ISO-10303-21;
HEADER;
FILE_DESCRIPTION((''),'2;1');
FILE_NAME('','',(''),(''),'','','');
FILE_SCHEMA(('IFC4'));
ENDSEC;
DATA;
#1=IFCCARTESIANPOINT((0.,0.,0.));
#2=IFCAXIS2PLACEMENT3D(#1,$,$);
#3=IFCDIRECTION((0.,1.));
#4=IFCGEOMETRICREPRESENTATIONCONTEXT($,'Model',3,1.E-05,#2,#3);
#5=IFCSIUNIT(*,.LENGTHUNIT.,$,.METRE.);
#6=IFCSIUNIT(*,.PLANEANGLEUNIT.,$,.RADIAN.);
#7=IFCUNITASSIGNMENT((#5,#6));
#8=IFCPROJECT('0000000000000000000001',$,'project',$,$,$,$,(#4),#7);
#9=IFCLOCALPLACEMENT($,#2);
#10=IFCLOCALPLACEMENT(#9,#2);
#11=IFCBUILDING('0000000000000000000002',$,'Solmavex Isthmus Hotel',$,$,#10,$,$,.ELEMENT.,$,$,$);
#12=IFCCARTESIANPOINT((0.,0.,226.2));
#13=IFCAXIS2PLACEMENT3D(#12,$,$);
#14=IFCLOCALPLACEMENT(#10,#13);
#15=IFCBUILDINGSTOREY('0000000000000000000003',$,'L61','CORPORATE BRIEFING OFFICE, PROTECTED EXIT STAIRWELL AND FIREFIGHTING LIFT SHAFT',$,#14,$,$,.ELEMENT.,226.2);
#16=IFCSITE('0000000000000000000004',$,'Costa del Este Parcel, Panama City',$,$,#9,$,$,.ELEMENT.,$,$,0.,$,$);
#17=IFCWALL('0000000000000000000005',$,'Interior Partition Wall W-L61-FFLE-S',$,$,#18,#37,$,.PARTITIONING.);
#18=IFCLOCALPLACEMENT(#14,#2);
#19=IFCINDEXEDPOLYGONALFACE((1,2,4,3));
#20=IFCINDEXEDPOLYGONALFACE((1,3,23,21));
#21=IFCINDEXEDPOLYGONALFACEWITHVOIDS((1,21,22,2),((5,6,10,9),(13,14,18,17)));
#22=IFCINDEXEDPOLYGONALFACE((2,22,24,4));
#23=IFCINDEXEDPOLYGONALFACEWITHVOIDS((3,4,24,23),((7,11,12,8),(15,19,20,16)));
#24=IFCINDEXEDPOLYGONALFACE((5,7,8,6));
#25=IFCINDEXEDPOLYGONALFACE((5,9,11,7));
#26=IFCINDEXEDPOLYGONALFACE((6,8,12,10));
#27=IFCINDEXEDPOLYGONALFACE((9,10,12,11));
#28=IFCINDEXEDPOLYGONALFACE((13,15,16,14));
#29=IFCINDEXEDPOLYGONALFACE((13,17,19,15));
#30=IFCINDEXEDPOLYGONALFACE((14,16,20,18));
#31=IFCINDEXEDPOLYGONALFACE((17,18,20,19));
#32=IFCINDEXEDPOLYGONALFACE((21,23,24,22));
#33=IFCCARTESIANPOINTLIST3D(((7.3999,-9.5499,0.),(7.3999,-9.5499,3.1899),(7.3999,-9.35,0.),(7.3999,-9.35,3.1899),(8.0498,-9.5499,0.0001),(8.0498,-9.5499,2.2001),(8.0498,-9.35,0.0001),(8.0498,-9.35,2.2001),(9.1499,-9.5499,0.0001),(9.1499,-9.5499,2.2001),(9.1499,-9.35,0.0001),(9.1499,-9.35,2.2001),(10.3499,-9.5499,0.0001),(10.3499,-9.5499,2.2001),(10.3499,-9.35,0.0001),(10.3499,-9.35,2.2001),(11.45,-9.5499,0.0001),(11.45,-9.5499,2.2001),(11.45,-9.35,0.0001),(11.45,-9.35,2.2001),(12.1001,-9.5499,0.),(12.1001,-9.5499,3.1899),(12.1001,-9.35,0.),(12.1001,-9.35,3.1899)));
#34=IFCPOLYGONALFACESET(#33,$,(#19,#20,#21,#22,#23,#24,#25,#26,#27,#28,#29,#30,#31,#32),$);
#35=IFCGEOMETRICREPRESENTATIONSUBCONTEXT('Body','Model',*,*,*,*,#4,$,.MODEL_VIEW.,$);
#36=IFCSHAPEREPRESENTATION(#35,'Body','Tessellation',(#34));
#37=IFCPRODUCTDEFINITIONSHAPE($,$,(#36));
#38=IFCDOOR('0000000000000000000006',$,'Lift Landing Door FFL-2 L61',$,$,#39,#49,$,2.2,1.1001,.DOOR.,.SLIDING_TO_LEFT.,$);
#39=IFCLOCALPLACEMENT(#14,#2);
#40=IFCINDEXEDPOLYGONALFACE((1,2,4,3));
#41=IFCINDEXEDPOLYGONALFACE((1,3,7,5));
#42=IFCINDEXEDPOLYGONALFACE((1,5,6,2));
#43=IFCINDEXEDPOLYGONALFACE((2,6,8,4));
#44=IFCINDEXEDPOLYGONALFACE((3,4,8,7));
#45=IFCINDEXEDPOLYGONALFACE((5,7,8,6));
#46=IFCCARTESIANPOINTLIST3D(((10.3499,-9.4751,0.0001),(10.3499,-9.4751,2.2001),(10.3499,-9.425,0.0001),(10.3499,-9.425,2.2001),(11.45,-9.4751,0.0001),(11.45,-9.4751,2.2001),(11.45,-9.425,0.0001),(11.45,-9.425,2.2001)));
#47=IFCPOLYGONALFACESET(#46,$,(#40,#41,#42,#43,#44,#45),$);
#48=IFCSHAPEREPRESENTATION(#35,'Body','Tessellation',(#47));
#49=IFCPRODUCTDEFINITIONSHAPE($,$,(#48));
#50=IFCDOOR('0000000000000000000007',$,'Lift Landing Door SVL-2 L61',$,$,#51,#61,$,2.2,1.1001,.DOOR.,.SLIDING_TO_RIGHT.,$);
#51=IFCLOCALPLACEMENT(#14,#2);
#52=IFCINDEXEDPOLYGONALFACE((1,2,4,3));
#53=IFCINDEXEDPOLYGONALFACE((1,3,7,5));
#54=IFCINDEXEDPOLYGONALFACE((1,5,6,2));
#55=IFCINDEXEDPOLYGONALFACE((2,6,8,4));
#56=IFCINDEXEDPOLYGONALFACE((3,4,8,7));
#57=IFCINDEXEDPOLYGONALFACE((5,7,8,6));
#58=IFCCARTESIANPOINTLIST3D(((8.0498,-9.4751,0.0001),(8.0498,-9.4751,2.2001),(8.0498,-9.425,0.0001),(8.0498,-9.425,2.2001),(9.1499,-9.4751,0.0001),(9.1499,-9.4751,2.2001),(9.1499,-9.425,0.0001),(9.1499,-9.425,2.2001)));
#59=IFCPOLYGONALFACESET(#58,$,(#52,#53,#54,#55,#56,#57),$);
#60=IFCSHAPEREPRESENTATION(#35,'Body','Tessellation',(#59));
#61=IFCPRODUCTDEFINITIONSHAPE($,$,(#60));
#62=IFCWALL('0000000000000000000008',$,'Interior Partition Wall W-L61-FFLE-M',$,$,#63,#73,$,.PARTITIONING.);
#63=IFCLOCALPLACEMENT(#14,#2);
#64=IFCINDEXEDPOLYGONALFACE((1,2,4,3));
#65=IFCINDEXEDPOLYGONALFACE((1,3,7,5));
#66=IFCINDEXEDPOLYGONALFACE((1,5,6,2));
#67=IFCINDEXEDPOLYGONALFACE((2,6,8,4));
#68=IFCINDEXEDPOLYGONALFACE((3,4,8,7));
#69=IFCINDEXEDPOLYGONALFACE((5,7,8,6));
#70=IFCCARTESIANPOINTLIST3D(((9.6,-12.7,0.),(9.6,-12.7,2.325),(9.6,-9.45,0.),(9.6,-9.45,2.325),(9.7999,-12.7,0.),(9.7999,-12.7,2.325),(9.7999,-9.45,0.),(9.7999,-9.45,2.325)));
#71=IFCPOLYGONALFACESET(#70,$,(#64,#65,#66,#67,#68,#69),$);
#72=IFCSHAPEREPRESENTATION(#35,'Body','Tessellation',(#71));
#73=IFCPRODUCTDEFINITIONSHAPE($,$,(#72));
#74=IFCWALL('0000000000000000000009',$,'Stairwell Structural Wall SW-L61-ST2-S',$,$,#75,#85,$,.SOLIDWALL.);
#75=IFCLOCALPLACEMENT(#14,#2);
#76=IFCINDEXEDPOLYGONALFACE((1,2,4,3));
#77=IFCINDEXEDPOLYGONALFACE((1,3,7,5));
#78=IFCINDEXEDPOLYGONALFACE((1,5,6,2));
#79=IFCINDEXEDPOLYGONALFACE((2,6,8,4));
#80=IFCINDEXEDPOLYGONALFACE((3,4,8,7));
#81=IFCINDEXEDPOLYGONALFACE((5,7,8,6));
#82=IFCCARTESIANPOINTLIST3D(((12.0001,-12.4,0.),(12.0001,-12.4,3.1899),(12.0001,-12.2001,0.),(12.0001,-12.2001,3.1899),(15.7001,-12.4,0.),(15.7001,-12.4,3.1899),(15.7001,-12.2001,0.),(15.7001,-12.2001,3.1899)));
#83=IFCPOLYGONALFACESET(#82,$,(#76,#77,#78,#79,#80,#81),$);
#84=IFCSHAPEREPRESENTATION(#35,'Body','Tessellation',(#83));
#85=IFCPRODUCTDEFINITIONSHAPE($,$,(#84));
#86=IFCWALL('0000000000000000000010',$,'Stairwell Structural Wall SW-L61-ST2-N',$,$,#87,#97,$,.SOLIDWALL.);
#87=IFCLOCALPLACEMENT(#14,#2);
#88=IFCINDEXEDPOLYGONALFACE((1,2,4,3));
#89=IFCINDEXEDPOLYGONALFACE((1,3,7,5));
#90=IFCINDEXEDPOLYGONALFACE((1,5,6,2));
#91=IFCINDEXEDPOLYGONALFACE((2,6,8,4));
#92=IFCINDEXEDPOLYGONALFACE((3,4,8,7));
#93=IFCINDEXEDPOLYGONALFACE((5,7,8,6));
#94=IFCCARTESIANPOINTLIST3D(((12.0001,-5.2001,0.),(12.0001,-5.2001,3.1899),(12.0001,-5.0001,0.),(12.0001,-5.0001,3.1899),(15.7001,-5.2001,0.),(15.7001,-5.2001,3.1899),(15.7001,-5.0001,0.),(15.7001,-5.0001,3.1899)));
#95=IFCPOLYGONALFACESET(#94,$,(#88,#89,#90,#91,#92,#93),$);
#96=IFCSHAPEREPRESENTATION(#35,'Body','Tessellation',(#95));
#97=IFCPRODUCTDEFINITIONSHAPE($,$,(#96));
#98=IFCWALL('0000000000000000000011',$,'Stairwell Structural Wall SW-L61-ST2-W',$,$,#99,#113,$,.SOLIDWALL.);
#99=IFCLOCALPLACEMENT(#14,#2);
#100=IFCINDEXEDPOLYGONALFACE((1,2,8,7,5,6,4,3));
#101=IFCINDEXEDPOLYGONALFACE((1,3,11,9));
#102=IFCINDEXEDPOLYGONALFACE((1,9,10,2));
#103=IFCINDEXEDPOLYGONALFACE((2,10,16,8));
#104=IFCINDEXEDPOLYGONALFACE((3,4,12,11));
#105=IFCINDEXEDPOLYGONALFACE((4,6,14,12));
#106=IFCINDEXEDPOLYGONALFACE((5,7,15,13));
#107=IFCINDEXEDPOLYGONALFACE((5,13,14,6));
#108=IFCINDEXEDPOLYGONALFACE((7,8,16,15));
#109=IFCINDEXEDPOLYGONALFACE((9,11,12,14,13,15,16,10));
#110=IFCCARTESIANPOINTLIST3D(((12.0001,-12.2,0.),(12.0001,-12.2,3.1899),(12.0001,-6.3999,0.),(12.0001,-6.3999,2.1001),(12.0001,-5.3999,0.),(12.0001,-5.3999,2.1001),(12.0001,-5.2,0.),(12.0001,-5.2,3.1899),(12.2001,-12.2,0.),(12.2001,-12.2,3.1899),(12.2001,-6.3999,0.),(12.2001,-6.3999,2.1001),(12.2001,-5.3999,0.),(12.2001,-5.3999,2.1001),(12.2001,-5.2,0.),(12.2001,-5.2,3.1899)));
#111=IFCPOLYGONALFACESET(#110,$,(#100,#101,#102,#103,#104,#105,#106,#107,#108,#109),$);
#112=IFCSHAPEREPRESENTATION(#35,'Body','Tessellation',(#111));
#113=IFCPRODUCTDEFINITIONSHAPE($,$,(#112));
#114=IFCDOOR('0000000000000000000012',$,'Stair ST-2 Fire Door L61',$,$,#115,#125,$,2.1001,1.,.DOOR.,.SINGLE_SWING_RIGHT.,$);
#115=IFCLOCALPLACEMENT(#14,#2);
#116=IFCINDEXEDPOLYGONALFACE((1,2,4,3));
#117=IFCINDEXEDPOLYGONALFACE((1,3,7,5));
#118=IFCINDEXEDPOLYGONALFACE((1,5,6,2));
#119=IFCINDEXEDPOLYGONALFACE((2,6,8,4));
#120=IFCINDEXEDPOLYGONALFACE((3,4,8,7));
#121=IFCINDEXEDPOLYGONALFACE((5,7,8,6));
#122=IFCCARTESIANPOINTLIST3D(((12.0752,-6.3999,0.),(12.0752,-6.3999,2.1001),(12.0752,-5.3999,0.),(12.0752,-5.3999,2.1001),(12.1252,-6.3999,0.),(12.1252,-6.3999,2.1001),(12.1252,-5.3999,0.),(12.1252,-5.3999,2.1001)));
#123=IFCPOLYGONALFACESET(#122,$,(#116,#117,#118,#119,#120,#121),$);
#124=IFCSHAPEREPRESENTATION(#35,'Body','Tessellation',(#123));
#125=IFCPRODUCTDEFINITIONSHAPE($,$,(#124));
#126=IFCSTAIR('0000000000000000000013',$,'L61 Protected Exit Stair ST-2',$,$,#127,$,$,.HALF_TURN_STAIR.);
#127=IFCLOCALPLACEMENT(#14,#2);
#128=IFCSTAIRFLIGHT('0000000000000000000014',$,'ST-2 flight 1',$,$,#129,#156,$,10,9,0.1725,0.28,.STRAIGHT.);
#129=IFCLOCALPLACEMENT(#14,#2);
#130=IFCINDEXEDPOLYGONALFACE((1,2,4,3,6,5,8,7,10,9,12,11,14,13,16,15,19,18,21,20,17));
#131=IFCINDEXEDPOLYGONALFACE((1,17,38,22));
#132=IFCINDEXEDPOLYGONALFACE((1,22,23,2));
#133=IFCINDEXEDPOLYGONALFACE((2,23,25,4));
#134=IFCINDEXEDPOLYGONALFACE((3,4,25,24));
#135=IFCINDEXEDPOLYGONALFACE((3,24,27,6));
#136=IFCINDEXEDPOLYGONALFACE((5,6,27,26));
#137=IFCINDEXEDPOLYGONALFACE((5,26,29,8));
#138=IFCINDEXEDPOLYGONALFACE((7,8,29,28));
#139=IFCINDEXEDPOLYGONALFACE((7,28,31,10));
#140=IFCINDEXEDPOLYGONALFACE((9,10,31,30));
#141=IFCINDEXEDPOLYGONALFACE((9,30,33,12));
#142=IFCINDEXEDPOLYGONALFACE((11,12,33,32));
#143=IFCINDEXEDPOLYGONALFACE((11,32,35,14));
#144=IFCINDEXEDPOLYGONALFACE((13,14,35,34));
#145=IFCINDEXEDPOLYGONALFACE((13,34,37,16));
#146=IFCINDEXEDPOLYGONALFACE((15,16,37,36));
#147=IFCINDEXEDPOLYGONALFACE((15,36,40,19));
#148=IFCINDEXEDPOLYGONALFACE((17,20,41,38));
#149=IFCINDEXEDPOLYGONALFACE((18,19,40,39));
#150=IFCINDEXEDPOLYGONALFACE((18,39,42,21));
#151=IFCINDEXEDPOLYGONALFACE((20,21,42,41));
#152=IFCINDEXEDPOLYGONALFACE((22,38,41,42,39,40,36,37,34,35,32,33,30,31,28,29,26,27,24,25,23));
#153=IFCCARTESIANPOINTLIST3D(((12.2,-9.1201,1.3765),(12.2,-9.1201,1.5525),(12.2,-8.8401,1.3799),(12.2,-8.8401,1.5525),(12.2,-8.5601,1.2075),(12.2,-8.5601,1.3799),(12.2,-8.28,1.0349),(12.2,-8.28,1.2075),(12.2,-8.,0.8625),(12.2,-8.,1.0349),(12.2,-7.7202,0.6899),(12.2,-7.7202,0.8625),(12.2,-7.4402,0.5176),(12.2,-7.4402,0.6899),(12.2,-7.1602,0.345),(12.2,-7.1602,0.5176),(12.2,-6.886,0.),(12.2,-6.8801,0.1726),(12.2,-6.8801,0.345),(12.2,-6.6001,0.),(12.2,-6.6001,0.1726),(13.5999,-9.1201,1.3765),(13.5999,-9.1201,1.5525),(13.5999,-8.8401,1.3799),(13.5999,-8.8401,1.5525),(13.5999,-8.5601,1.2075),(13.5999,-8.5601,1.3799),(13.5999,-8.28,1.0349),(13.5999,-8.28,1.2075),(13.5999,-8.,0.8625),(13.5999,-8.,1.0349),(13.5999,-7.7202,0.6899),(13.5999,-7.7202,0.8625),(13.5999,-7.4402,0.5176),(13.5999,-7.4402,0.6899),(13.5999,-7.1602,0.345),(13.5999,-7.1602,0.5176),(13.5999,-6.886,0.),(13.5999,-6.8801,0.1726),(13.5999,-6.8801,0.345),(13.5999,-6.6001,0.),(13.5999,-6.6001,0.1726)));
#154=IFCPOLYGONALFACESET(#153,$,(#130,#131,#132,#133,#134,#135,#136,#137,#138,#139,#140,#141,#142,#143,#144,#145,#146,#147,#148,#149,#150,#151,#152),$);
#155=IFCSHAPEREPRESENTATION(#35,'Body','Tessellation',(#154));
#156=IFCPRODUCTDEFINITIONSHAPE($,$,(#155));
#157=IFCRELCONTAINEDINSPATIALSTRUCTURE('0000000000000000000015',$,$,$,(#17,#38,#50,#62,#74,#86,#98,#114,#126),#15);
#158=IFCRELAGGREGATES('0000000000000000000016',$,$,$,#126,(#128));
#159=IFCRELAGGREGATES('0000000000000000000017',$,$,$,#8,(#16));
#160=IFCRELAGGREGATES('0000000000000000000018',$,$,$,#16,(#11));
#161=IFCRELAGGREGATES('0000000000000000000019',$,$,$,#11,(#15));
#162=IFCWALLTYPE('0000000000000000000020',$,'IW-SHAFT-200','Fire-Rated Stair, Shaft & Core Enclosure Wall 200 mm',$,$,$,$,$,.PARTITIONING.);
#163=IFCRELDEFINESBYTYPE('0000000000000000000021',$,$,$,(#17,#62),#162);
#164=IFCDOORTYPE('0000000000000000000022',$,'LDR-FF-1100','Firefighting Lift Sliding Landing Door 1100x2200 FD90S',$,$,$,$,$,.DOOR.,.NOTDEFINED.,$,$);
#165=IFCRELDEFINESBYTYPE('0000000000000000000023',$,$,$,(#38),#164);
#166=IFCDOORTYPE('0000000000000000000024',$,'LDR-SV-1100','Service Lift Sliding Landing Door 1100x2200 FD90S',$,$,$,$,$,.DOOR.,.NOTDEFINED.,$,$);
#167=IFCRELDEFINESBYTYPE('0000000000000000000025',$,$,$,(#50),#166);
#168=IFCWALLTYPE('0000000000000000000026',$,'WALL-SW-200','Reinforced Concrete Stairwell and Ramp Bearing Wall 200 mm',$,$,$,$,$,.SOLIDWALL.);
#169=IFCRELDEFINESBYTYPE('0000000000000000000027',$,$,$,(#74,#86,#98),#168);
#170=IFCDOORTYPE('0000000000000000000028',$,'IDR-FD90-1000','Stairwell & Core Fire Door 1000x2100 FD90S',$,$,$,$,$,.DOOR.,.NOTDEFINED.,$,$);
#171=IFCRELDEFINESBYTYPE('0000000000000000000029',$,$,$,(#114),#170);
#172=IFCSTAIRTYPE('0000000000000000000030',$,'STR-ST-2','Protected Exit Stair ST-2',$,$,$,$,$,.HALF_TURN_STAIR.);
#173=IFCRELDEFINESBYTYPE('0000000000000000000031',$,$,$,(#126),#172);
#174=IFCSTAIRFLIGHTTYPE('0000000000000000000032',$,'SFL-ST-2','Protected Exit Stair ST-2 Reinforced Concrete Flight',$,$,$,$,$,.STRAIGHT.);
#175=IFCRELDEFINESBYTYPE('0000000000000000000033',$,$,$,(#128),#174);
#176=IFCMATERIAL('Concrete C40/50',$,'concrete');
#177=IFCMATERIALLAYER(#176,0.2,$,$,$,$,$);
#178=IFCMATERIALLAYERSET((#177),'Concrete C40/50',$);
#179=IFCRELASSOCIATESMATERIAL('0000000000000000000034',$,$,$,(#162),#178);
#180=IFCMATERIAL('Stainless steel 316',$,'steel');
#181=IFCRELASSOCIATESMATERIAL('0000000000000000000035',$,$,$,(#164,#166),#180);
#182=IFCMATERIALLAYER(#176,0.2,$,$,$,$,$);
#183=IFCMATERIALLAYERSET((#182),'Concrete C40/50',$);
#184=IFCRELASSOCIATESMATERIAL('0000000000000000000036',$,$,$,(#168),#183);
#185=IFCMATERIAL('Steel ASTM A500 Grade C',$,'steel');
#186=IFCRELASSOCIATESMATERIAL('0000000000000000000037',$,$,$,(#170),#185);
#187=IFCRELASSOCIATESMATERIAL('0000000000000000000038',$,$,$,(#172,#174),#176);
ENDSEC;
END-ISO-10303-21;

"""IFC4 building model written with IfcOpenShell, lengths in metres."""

from ifc_helpers import new_model, si_unit, direction, frame, frame_2d, origin, place, context, subcontext, project, spatial, polyline, rectangle, outline, extrude, material, layer, layer_set, type_object, element, fill, aggregate, save


model = new_model("IFC4")

# Units and contexts
model_context = context("Model", 3, precision=1e-05, world=origin(), true_north=direction((0.0, 1.0)))
body_context = subcontext(model_context, "Body", "Model", "MODEL_VIEW")
ifc_project = project(units=[si_unit("LENGTHUNIT", "METRE"), si_unit("PLANEANGLEUNIT", "RADIAN")], contexts=[model_context])

# Site, building, storey
site_placement = place(None, origin())
site = spatial("IfcSite", under=ifc_project, at=site_placement, Name="Costa del Este Parcel, Panama City", CompositionType="ELEMENT", RefElevation=0.0)
building_placement = place(site_placement, origin())
building = spatial("IfcBuilding", under=site, at=building_placement, Name="Solmavex Isthmus Hotel", CompositionType="ELEMENT")
storey_placement = place(building_placement, frame((0.0, 0.0, 226.2)))
storey = spatial("IfcBuildingStorey", under=building, at=storey_placement, Name="L61", Description="CORPORATE BRIEFING OFFICE, PROTECTED EXIT STAIRWELL AND FIREFIGHTING LIFT SHAFT", CompositionType="ELEMENT", Elevation=226.2)

# Shared definitions
ifc_material_1 = material(Name="Concrete C40/50", Category="concrete")
ifc_layer_1 = layer(ifc_material_1, 0.2)
ifc_layer_set_1 = layer_set([ifc_layer_1], Name="Concrete C40/50")
wall_type_1 = type_object("IfcWallType", Name="IW-SHAFT-200", Description="Fire-Rated Stair, Shaft & Core Enclosure Wall 200 mm", PredefinedType="PARTITIONING", material=ifc_layer_set_1)
ifc_material_2 = material(Name="Steel ASTM A500 Grade C", Category="steel")

# Wall, openings, doors
wall_1_placement = place(storey_placement, frame((7.3999, -9.45, 0.0), z_axis=(0.0, 0.0, 1.0), x_axis=(1.0, 0.0, 0.0)))
wall_1 = element("IfcWall", 1, at=wall_1_placement, inside=storey, type_object=wall_type_1, Name="Interior Partition Wall W-L61-FFLE-S", PredefinedType="PARTITIONING", context=body_context, shape_type="SweptSolid", body=[
    extrude(rectangle(XDim=4.7002, YDim=0.2, at=frame_2d((2.3501, 0.0))), origin(), (0.0, 0.0, 1.0), 3.1899),
])
opening_1_placement = place(wall_1_placement, frame((2.95, 0.0, 0.0)))
opening_1 = element("IfcOpeningElement", 2, at=opening_1_placement, cuts=wall_1, PredefinedType="OPENING", context=body_context, shape_type="SweptSolid", body=[
    extrude(rectangle(XDim=1.1001, YDim=2.2, at=frame_2d((0.55, 1.1001))), frame((0.0, 0.1099, 0.0), z_axis=(0.0, -1.0, 0.0), x_axis=(1.0, 0.0, 0.0)), (0.0, 0.0, 1.0), 0.22),
])
opening_2_placement = place(wall_1_placement, frame((0.6499, 0.0, 0.0)))
opening_2 = element("IfcOpeningElement", 3, at=opening_2_placement, cuts=wall_1, PredefinedType="OPENING", context=body_context, shape_type="SweptSolid", body=[
    extrude(rectangle(XDim=1.1001, YDim=2.2, at=frame_2d((0.55, 1.1001))), frame((0.0, 0.1099, 0.0), z_axis=(0.0, -1.0, 0.0), x_axis=(1.0, 0.0, 0.0)), (0.0, 0.0, 1.0), 0.22),
])
ifc_material_3 = material(Name="Stainless steel 316", Category="steel")
door_type_1 = type_object("IfcDoorType", Name="LDR-FF-1100", Description="Firefighting Lift Sliding Landing Door 1100x2200 FD90S", OperationType="NOTDEFINED", PredefinedType="DOOR", material=ifc_material_3)
door_1_placement = place(opening_1_placement, origin())
door_1 = element("IfcDoor", 4, at=door_1_placement, inside=storey, type_object=door_type_1, Name="Lift Landing Door FFL-2 L61", OperationType="SLIDING_TO_LEFT", OverallHeight=2.2, OverallWidth=1.1001, PredefinedType="DOOR", context=body_context, shape_type="SweptSolid", body=[
    extrude(rectangle(XDim=1.1001, YDim=2.2, at=frame_2d((0.55, 1.1001))), frame((0.0, 0.0249, 0.0), z_axis=(0.0, -1.0, 0.0), x_axis=(1.0, 0.0, 0.0)), (0.0, 0.0, 1.0), 0.05),
])
fill(opening_1, door_1)
door_type_2 = type_object("IfcDoorType", Name="LDR-SV-1100", Description="Service Lift Sliding Landing Door 1100x2200 FD90S", OperationType="NOTDEFINED", PredefinedType="DOOR", material=ifc_material_3)
door_2_placement = place(opening_2_placement, origin())
door_2 = element("IfcDoor", 5, at=door_2_placement, inside=storey, type_object=door_type_2, Name="Lift Landing Door SVL-2 L61", OperationType="SLIDING_TO_RIGHT", OverallHeight=2.2, OverallWidth=1.1001, PredefinedType="DOOR", context=body_context, shape_type="SweptSolid", body=[
    extrude(rectangle(XDim=1.1001, YDim=2.2, at=frame_2d((0.55, 1.1001))), frame((0.0, 0.0249, 0.0), z_axis=(0.0, -1.0, 0.0), x_axis=(1.0, 0.0, 0.0)), (0.0, 0.0, 1.0), 0.05),
])
fill(opening_2, door_2)

# Walls
wall_2_placement = place(storey_placement, frame((9.7, -12.7, 0.0), z_axis=(0.0, 0.0, 1.0), x_axis=(0.0, 1.0, 0.0)))
element("IfcWall", 6, at=wall_2_placement, inside=storey, type_object=wall_type_1, Name="Interior Partition Wall W-L61-FFLE-M", PredefinedType="PARTITIONING", context=body_context, shape_type="SweptSolid", body=[
    extrude(rectangle(XDim=3.25, YDim=0.2, at=frame_2d((1.625, 0.0))), origin(), (0.0, 0.0, 1.0), 2.325),
])
ifc_layer_2 = layer(ifc_material_1, 0.2)
ifc_layer_set_2 = layer_set([ifc_layer_2], Name="Concrete C40/50")
wall_type_2 = type_object("IfcWallType", Name="WALL-SW-200", Description="Reinforced Concrete Stairwell and Ramp Bearing Wall 200 mm", PredefinedType="SOLIDWALL", material=ifc_layer_set_2)
for number, where, z_axis, x_axis, name in (
    (7, (12.0, -12.3, 0.0), (0.0, 0.0, 1.0), (1.0, 0.0, 0.0), "Stairwell Structural Wall SW-L61-ST2-S"),
    (8, (12.0, -5.1001, 0.0), (0.0, 0.0, 1.0), (1.0, 0.0, 0.0), "Stairwell Structural Wall SW-L61-ST2-N"),
):
    element("IfcWall", number, at=place(storey_placement, frame(where, z_axis=z_axis, x_axis=x_axis)), inside=storey, type_object=wall_type_2, Name=name, PredefinedType="SOLIDWALL", context=body_context, shape_type="SweptSolid", body=[
        extrude(rectangle(XDim=3.7, YDim=0.2, at=frame_2d((1.8501, 0.0))), origin(), (0.0, 0.0, 1.0), 3.1899),
    ])

# Wall, opening, door
wall_3_placement = place(storey_placement, frame((12.1001, -12.2, 0.0), z_axis=(0.0, 0.0, 1.0), x_axis=(0.0, 1.0, 0.0)))
wall_3 = element("IfcWall", 9, at=wall_3_placement, inside=storey, type_object=wall_type_2, Name="Stairwell Structural Wall SW-L61-ST2-W", PredefinedType="SOLIDWALL", context=body_context, shape_type="SweptSolid", body=[
    extrude(rectangle(XDim=7.0, YDim=0.2, at=frame_2d((3.5, 0.0))), origin(), (0.0, 0.0, 1.0), 3.1899),
])
opening_3_placement = place(wall_3_placement, frame((5.8, 0.0, 0.0)))
opening_3 = element("IfcOpeningElement", 10, at=opening_3_placement, cuts=wall_3, PredefinedType="OPENING", context=body_context, shape_type="SweptSolid", body=[
    extrude(rectangle(XDim=1.0, YDim=2.1001, at=frame_2d((0.5, 1.05))), frame((0.0, 0.1099, 0.0), z_axis=(0.0, -1.0, 0.0), x_axis=(1.0, 0.0, 0.0)), (0.0, 0.0, 1.0), 0.22),
])
door_type_3 = type_object("IfcDoorType", Name="IDR-FD90-1000", Description="Stairwell & Core Fire Door 1000x2100 FD90S", OperationType="NOTDEFINED", PredefinedType="DOOR", material=ifc_material_2)
door_3_placement = place(opening_3_placement, origin())
door_3 = element("IfcDoor", 11, at=door_3_placement, inside=storey, type_object=door_type_3, Name="Stair ST-2 Fire Door L61", OperationType="SINGLE_SWING_RIGHT", OverallHeight=2.1001, OverallWidth=1.0, PredefinedType="DOOR", context=body_context, shape_type="SweptSolid", body=[
    extrude(rectangle(XDim=1.0, YDim=2.1001, at=frame_2d((0.5, 1.05))), frame((0.0, 0.0249, 0.0), z_axis=(0.0, -1.0, 0.0), x_axis=(1.0, 0.0, 0.0)), (0.0, 0.0, 1.0), 0.05),
])
fill(opening_3, door_3)

# Stair, stair flight
stair_type = type_object("IfcStairType", Name="STR-ST-2", Description="Protected Exit Stair ST-2", PredefinedType="HALF_TURN_STAIR", material=ifc_material_1)
stair_placement = place(storey_placement, origin())
stair = element("IfcStair", 12, at=stair_placement, inside=storey, type_object=stair_type, Name="L61 Protected Exit Stair ST-2", PredefinedType="HALF_TURN_STAIR")
stair_flight_type = type_object("IfcStairFlightType", Name="SFL-ST-2", Description="Protected Exit Stair ST-2 Reinforced Concrete Flight", PredefinedType="STRAIGHT", material=ifc_material_1)
stair_flight_placement = place(storey_placement, frame((12.8999, -6.6001, 0.0), z_axis=(0.0, 0.0, 1.0), x_axis=(0.0, -1.0, 0.0)))
stair_flight = element("IfcStairFlight", 13, at=stair_flight_placement, type_object=stair_flight_type, Name="ST-2 flight 1", NumberOfRisers=10, NumberOfTreads=9, PredefinedType="STRAIGHT", RiserHeight=0.1725, TreadLength=0.28, context=body_context, shape_type="SweptSolid", body=[
    extrude(outline(polyline([(0.0, 0.0), (0.0, 0.1726), (0.28, 0.1726), (0.28, 0.345), (0.5601, 0.345), (0.5601, 0.5176), (0.8401, 0.5176), (0.8401, 0.6899), (1.1201, 0.6899), (1.1201, 0.8625), (1.3999, 0.8625), (1.3999, 1.0349), (1.6799, 1.0349), (1.6799, 1.2075), (1.96, 1.2075), (1.96, 1.3799), (2.24, 1.3799), (2.24, 1.5525), (2.52, 1.5525), (2.52, 1.7251), (2.52, 1.3765), (0.2859, 0.0), (0.0, 0.0)])), frame((0.0, 0.7, 0.0), z_axis=(0.0, -1.0, 0.0), x_axis=(1.0, 0.0, 0.0)), (0.0, 0.0, 1.0), 1.3999),
])
aggregate(stair, [stair_flight])

save(model, "model.ifc")
